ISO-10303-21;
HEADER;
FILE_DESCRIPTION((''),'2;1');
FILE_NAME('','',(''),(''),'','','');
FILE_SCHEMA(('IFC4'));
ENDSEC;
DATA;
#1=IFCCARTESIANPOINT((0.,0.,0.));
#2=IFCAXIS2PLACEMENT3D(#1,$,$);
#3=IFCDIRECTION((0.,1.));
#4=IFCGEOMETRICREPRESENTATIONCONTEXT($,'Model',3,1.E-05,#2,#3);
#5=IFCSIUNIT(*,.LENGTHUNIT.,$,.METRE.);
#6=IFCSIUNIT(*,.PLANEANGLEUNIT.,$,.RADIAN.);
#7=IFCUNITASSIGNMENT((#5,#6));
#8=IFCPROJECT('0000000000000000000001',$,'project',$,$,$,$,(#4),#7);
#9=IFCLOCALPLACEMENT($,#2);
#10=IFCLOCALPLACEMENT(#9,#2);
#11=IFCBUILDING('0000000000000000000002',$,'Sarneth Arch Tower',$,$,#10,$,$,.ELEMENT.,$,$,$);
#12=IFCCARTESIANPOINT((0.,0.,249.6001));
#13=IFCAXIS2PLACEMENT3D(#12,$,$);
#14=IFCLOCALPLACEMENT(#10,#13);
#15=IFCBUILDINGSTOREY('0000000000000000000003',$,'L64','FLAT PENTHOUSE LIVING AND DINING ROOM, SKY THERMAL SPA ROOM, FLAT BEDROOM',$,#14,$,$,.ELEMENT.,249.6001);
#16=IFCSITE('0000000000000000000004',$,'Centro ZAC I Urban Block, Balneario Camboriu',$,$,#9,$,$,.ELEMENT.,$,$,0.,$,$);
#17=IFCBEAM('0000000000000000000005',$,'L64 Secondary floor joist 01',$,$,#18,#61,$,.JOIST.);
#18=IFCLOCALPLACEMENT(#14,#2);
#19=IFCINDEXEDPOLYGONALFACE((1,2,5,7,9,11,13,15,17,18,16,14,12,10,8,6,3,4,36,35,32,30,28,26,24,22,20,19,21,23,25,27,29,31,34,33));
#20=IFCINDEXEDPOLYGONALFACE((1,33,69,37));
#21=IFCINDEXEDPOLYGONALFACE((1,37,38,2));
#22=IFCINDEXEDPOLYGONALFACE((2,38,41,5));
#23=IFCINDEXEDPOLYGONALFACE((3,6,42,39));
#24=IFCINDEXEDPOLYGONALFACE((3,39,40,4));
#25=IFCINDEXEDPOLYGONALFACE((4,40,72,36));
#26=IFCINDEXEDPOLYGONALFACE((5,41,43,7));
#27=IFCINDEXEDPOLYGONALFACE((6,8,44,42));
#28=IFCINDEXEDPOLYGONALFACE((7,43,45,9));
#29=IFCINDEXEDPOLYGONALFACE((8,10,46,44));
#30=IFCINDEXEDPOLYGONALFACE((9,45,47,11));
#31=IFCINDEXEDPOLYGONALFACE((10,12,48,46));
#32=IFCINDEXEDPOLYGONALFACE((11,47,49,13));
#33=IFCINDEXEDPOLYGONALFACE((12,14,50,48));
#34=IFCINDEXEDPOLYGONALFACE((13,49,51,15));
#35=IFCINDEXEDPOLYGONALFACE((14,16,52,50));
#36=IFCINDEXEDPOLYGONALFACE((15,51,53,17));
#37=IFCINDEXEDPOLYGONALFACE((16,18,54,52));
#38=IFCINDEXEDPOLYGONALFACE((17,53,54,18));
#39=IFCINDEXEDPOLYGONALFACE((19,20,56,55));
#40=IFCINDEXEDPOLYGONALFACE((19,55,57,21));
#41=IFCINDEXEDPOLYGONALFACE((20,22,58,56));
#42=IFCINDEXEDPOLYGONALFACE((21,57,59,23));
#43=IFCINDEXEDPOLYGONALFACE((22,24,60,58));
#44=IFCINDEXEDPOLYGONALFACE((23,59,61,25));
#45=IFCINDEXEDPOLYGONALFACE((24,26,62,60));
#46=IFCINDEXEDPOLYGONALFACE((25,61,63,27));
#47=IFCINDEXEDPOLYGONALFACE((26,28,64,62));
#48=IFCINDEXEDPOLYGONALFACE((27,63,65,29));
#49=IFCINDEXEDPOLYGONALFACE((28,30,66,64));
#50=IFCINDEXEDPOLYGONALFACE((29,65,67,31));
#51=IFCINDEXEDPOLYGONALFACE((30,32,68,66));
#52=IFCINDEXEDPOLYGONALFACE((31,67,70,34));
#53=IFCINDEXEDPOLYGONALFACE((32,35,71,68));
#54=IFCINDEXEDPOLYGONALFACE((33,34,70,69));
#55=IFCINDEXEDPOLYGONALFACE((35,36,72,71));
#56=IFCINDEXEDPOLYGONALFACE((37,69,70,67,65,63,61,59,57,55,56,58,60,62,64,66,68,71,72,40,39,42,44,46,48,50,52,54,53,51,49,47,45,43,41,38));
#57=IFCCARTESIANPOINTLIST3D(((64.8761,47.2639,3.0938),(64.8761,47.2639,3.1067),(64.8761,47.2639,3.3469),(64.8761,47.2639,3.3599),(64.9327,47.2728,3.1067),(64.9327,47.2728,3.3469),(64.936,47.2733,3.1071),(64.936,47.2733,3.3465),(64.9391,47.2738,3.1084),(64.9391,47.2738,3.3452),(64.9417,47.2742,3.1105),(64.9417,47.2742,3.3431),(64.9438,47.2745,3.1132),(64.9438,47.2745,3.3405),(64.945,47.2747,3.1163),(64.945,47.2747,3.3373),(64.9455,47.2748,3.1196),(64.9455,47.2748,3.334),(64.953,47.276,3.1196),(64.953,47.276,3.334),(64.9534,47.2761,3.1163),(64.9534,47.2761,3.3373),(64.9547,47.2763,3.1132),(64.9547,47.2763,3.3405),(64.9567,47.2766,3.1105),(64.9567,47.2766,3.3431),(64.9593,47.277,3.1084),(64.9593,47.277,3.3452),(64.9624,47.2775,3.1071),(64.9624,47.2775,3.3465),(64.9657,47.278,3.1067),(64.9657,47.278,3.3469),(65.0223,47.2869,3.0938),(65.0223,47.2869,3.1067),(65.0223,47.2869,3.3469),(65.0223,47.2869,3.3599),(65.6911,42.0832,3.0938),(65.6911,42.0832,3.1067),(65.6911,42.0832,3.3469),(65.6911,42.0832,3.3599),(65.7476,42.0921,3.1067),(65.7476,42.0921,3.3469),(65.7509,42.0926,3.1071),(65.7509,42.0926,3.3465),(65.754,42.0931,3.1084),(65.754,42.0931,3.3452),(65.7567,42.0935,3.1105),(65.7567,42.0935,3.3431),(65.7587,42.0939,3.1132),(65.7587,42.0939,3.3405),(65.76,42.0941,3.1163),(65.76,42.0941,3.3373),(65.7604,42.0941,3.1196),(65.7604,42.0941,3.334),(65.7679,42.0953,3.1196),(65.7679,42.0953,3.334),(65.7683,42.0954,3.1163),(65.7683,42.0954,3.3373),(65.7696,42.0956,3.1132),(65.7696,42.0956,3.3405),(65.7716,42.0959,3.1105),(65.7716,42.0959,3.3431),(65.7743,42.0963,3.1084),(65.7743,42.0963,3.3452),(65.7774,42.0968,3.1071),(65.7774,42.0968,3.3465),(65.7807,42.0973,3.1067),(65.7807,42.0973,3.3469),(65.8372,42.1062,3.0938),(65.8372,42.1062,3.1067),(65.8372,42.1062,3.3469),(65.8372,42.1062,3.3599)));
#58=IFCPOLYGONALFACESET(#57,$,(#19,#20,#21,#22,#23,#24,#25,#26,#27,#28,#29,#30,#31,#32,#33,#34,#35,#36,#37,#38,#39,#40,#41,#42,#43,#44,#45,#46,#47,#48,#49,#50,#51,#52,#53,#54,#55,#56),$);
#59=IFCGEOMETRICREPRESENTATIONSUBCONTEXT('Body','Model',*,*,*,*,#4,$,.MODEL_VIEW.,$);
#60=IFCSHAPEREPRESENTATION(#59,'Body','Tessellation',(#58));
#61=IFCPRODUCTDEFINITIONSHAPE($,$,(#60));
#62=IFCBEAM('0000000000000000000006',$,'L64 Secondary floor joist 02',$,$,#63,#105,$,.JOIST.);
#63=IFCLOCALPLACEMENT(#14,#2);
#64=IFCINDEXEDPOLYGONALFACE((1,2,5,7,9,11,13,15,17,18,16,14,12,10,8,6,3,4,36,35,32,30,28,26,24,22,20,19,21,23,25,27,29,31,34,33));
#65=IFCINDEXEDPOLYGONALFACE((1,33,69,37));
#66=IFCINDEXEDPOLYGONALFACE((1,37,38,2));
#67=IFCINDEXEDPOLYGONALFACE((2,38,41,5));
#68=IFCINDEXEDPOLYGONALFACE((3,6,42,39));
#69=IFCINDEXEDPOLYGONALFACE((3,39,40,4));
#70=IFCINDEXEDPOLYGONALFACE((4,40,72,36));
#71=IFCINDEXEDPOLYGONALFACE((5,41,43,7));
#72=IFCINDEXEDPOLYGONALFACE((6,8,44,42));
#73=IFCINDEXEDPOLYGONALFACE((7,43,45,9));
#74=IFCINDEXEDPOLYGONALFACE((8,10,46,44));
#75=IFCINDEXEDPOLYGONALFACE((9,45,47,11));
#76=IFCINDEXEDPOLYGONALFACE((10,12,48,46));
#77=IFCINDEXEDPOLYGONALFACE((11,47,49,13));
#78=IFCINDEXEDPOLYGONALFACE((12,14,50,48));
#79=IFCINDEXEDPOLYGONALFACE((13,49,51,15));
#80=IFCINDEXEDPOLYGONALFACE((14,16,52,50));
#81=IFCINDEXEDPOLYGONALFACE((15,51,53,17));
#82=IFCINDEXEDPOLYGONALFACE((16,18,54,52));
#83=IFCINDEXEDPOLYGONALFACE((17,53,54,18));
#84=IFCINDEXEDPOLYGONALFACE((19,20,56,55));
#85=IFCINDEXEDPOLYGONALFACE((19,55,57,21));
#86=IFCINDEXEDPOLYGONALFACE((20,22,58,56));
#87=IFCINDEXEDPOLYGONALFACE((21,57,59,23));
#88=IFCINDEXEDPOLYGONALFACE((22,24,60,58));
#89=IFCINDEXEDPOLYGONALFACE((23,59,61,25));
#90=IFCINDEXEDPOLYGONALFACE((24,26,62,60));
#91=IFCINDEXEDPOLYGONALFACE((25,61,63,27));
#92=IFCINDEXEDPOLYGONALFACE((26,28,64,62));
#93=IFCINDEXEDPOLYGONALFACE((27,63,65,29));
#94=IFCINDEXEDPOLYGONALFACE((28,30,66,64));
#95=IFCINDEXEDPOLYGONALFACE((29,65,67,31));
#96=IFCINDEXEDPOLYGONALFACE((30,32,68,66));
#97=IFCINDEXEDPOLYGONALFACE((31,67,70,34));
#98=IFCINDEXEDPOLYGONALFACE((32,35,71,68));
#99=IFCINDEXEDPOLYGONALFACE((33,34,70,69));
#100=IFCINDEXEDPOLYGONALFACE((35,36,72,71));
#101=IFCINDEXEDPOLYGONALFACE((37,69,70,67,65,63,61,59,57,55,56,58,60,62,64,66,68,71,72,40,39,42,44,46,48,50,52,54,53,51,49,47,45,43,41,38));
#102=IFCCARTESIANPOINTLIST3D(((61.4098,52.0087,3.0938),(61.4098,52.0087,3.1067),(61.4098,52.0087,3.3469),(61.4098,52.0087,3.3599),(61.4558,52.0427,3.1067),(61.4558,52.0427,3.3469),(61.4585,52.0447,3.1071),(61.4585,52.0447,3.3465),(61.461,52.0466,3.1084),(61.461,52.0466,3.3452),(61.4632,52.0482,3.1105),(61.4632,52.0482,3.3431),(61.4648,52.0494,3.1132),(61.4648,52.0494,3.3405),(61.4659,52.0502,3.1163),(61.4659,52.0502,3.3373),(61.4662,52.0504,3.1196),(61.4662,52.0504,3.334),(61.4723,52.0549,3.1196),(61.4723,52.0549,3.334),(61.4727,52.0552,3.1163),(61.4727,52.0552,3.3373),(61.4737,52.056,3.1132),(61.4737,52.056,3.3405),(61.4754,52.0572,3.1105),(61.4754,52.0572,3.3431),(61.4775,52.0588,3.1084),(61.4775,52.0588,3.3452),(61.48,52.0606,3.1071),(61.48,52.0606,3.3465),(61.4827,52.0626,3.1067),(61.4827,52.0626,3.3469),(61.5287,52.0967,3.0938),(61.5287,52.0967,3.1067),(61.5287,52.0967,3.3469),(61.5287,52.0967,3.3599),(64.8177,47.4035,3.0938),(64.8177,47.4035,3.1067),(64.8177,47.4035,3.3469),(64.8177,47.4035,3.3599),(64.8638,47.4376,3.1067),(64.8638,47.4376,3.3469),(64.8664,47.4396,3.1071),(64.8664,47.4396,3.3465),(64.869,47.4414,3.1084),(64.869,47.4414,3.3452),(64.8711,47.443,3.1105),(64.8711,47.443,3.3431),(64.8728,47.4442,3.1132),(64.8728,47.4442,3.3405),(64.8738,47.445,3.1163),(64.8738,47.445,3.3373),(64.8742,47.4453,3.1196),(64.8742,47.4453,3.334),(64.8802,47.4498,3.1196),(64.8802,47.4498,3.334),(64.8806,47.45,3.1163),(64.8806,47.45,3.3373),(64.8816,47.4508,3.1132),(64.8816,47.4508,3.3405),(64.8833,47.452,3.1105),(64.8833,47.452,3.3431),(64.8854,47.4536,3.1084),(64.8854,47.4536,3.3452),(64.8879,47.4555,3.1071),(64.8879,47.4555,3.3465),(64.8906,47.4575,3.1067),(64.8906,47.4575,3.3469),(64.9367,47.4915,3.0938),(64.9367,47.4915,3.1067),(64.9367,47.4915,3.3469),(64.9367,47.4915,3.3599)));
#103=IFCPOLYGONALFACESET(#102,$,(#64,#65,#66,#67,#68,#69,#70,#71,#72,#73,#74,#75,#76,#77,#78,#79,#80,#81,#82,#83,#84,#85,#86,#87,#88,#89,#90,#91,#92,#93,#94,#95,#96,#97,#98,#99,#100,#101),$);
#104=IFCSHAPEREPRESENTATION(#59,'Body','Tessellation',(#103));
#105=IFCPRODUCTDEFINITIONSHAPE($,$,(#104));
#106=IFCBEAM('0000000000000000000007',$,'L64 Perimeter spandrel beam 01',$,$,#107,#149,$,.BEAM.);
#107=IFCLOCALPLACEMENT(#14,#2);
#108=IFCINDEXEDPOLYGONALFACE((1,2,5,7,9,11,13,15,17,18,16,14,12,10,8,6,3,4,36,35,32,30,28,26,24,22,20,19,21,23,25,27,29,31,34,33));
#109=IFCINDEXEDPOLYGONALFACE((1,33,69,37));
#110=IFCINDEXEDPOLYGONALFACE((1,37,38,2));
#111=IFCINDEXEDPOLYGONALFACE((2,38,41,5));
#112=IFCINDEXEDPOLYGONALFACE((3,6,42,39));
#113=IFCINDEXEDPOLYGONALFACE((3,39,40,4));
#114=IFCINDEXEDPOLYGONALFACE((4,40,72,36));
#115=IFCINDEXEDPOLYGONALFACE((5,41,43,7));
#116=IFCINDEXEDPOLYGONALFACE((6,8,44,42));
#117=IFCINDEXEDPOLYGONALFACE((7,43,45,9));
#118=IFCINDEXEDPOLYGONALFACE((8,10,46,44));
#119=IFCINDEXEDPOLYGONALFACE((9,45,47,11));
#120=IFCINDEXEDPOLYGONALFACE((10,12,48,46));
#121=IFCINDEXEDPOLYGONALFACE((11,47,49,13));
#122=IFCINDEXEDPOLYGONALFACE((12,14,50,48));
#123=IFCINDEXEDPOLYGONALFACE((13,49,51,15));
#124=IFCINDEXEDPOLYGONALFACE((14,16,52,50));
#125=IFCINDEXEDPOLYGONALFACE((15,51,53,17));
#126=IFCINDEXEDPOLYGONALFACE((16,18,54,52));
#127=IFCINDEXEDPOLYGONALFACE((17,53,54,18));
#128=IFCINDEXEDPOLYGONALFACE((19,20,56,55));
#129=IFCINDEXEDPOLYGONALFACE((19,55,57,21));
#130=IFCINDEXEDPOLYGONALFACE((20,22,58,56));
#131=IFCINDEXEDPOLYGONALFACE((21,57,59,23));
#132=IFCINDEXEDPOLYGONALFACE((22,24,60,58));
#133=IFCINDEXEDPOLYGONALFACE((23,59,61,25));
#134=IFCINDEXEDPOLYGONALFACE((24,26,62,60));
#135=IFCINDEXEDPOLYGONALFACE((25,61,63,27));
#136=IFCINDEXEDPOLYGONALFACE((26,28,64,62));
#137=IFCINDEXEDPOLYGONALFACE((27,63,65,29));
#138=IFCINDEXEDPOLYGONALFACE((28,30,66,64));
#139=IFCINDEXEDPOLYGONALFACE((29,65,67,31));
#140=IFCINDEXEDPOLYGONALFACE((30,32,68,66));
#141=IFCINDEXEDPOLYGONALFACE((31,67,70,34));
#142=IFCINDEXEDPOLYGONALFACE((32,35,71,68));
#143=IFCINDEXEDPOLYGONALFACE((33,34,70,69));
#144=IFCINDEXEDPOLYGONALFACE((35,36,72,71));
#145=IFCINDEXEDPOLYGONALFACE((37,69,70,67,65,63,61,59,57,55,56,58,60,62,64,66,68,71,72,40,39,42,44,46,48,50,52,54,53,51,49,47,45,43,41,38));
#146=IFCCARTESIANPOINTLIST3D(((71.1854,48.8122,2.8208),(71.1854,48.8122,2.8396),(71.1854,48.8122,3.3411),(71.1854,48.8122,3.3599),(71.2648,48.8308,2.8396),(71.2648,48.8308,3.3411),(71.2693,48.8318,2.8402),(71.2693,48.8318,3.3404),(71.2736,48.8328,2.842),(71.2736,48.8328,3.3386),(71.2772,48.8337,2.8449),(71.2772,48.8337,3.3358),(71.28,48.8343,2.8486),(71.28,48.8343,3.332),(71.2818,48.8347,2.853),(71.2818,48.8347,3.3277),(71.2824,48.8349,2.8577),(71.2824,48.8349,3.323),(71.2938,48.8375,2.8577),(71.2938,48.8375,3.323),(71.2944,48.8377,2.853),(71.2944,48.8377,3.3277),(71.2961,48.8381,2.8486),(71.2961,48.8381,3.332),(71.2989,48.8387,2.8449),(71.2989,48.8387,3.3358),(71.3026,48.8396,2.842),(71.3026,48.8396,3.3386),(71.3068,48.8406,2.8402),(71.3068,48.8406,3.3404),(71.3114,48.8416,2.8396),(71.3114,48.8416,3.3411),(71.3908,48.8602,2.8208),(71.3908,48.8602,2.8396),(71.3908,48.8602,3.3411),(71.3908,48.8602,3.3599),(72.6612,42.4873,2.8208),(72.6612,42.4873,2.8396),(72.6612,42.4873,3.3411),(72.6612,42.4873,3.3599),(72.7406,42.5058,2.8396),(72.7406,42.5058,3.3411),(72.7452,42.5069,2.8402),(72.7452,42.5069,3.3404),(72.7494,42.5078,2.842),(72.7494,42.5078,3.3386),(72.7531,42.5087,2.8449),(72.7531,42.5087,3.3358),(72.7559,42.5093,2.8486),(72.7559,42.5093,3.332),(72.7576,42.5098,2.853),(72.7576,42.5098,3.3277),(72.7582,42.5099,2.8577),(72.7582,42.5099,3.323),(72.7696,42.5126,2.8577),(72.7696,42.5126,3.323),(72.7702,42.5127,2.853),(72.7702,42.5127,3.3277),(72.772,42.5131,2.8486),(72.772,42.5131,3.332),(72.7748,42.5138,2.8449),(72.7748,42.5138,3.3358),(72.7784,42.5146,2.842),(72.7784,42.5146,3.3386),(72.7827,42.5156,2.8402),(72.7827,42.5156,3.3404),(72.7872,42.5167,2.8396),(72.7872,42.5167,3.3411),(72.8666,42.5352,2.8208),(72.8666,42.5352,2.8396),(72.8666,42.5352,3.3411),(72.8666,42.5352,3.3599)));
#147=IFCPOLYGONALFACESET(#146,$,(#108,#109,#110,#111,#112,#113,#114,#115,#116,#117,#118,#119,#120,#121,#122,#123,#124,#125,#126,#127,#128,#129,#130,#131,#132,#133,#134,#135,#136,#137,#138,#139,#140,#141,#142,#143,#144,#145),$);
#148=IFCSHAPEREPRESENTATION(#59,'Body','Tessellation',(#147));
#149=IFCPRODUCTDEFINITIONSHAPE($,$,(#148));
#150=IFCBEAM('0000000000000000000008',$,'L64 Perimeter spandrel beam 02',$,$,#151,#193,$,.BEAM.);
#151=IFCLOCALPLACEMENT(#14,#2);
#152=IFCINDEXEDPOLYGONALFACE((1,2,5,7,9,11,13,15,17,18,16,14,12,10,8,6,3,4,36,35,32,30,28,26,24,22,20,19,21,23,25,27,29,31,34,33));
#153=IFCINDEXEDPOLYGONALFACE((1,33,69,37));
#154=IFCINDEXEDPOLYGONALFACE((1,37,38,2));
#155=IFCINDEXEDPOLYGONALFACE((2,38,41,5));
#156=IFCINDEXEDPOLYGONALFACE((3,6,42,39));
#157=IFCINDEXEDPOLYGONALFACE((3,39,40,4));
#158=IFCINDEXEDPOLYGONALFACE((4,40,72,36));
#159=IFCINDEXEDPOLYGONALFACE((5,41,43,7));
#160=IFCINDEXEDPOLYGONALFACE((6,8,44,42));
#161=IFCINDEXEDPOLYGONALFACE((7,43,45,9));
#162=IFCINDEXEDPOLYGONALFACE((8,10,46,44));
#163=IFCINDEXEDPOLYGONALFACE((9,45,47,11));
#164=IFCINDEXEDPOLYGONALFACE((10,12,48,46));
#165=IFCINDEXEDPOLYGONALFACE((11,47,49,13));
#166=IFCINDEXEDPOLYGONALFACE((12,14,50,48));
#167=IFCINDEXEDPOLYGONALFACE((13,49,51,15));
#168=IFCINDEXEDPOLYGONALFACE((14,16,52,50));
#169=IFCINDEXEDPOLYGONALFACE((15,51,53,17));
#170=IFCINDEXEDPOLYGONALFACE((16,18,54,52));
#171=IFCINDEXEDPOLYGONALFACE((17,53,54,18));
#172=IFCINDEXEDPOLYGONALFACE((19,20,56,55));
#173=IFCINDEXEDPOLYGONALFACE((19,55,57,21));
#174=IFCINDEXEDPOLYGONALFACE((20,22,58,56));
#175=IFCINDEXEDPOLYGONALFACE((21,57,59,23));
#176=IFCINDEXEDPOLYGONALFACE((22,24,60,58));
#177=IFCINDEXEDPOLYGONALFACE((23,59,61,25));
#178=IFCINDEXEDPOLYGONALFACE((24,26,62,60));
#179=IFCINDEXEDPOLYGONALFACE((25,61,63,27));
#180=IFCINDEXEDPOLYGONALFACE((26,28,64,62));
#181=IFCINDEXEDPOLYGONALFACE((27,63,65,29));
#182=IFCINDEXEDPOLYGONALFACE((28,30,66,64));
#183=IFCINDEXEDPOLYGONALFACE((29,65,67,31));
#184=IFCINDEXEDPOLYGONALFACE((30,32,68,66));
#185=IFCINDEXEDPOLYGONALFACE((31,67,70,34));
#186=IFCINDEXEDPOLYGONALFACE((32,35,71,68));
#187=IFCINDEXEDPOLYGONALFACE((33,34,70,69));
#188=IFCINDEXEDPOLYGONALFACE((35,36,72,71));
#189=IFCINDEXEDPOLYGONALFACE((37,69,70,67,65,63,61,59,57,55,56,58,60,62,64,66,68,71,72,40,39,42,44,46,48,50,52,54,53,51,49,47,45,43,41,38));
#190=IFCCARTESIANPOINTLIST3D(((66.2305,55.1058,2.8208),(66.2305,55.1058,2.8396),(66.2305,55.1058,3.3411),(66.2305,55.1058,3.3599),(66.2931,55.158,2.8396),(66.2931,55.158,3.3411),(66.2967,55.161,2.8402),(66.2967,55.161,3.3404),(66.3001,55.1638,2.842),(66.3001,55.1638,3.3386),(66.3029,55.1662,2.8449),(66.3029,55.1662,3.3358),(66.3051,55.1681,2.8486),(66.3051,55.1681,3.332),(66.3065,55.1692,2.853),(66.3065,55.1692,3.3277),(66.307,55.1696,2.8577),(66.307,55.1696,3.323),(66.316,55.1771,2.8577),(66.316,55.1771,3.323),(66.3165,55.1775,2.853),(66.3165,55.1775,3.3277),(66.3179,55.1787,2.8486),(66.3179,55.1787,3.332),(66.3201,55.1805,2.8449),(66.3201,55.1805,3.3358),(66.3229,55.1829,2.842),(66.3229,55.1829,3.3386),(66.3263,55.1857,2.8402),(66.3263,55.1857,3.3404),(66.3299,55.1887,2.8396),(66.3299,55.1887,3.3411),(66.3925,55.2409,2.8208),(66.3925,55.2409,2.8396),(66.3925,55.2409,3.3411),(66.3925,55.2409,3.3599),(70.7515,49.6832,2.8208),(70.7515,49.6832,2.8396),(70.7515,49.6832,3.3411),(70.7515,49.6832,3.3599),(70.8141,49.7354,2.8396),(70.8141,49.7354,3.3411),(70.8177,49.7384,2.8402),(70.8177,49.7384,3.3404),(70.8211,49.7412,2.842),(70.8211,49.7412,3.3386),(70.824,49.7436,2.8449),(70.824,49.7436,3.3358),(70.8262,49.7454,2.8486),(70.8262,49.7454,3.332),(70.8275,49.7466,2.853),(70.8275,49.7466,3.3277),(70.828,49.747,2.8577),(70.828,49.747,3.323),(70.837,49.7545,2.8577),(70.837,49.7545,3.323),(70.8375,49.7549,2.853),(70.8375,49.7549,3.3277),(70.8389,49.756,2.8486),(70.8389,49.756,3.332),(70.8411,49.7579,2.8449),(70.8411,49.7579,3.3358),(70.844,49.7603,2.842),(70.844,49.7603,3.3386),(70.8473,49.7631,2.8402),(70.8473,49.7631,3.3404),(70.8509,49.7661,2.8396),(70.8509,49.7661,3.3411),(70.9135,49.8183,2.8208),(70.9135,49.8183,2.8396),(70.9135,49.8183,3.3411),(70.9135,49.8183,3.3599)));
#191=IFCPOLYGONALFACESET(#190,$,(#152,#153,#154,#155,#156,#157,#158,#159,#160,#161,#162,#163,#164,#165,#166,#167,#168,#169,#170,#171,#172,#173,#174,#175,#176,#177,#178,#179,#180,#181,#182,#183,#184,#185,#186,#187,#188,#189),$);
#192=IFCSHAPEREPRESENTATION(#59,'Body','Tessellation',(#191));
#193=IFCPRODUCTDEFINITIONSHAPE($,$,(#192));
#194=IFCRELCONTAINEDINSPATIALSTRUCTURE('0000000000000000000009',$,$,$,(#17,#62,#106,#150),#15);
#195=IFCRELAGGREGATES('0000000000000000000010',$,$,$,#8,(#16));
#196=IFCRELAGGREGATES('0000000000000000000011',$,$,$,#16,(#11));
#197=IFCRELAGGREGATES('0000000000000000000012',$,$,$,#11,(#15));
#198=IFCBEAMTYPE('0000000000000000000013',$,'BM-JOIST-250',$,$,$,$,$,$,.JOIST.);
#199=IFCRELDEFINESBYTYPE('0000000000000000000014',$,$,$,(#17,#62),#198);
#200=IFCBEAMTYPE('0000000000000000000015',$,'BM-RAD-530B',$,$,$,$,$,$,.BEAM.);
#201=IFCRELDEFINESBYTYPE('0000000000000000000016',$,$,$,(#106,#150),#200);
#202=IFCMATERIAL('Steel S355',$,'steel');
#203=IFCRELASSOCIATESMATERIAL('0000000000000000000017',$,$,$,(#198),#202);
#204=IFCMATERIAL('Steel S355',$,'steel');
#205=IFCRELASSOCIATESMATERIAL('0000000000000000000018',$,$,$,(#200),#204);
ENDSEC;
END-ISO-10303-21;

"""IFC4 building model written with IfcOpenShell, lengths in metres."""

from ifc_helpers import new_model, si_unit, direction, frame, origin, origin_2d, place, context, subcontext, project, spatial, i_section, extrude, material, material_profile, profile_set, type_object, element, save


model = new_model("IFC4")

# Units and contexts
model_context = context("Model", 3, precision=1e-05, world=origin(), true_north=direction((0.0, 1.0)))
body_context = subcontext(model_context, "Body", "Model", "MODEL_VIEW")
ifc_project = project(units=[si_unit("LENGTHUNIT", "METRE"), si_unit("PLANEANGLEUNIT", "RADIAN")], contexts=[model_context])

# Site, building, storey
site_placement = place(None, origin())
site = spatial("IfcSite", under=ifc_project, at=site_placement, Name="Centro ZAC I Urban Block, Balneario Camboriu", CompositionType="ELEMENT", RefElevation=0.0)
building_placement = place(site_placement, origin())
building = spatial("IfcBuilding", under=site, at=building_placement, Name="Sarneth Arch Tower", CompositionType="ELEMENT")
storey_placement = place(building_placement, frame((0.0, 0.0, 249.6001)))
storey = spatial("IfcBuildingStorey", under=building, at=storey_placement, Name="L64", Description="FLAT PENTHOUSE LIVING AND DINING ROOM, SKY THERMAL SPA ROOM, FLAT BEDROOM", CompositionType="ELEMENT", Elevation=249.6001)

# Beams
ifc_material_1 = material(Name="Steel S355", Category="steel")
ifc_material_profile_1 = material_profile(ifc_material_1, i_section(OverallWidth=0.1479, OverallDepth=0.2661, WebThickness=0.0076, FlangeThickness=0.0129, FilletRadius=0.0129, at=origin_2d()), Name="W250x44.8")
ifc_profile_set_1 = profile_set([ifc_material_profile_1], Name="Steel S355")
beam_type_1 = type_object("IfcBeamType", Name="BM-JOIST-250", PredefinedType="JOIST", material=ifc_profile_set_1)
beam_1_placement = place(storey_placement, frame((65.7642, 42.0947, 3.2268), z_axis=(-0.155394, 0.987853, 0.0), x_axis=(-0.987853, -0.155394, 0.0)))
element("IfcBeam", 1, at=beam_1_placement, inside=storey, type_object=beam_type_1, Name="L64 Secondary floor joist 01", PredefinedType="JOIST", context=body_context, shape_type="SweptSolid", body=[
    extrude(i_section(OverallWidth=0.1479, OverallDepth=0.2661, WebThickness=0.0076, FlangeThickness=0.0129, FilletRadius=0.0129, at=origin_2d()), origin(), (0.0, 0.0, 1.0), 5.2444),
])
beam_2_placement = place(storey_placement, frame((64.8772, 47.4475, 3.2268), z_axis=(-0.594853, 0.803834, 0.0), x_axis=(-0.803834, -0.594853, 0.0)))
element("IfcBeam", 2, at=beam_2_placement, inside=storey, type_object=beam_type_1, Name="L64 Secondary floor joist 02", PredefinedType="JOIST", context=body_context, shape_type="SweptSolid", body=[
    extrude(i_section(OverallWidth=0.1479, OverallDepth=0.2661, WebThickness=0.0076, FlangeThickness=0.0129, FilletRadius=0.0129, at=origin_2d()), origin(), (0.0, 0.0, 1.0), 5.729),
])
ifc_material_2 = material(Name="Steel S355", Category="steel")
ifc_material_profile_2 = material_profile(ifc_material_2, i_section(OverallWidth=0.2109, OverallDepth=0.5391, WebThickness=0.0117, FlangeThickness=0.0188, FilletRadius=0.0181, at=origin_2d()), Name="W530x109")
ifc_profile_set_2 = profile_set([ifc_material_profile_2], Name="Steel S355")
beam_type_2 = type_object("IfcBeamType", Name="BM-RAD-530B", PredefinedType="BEAM", material=ifc_profile_set_2)
beam_3_placement = place(storey_placement, frame((72.7639, 42.5112, 3.0903), z_axis=(-0.227231, 0.973841, 0.0), x_axis=(-0.973841, -0.227231, 0.0)))
element("IfcBeam", 3, at=beam_3_placement, inside=storey, type_object=beam_type_2, Name="L64 Perimeter spandrel beam 01", PredefinedType="BEAM", context=body_context, shape_type="SweptSolid", body=[
    extrude(i_section(OverallWidth=0.2109, OverallDepth=0.5391, WebThickness=0.0117, FlangeThickness=0.0188, FilletRadius=0.0181, at=origin_2d()), origin(), (0.0, 0.0, 1.0), 6.4949),
])
beam_4_placement = place(storey_placement, frame((70.8325, 49.7507, 3.0903), z_axis=(-0.640365, 0.768071, 0.0), x_axis=(-0.768071, -0.640365, 0.0)))
element("IfcBeam", 4, at=beam_4_placement, inside=storey, type_object=beam_type_2, Name="L64 Perimeter spandrel beam 02", PredefinedType="BEAM", context=body_context, shape_type="SweptSolid", body=[
    extrude(i_section(OverallWidth=0.2109, OverallDepth=0.5391, WebThickness=0.0117, FlangeThickness=0.0188, FilletRadius=0.0181, at=origin_2d()), origin(), (0.0, 0.0, 1.0), 7.0601),
])

save(model, "model.ifc")
